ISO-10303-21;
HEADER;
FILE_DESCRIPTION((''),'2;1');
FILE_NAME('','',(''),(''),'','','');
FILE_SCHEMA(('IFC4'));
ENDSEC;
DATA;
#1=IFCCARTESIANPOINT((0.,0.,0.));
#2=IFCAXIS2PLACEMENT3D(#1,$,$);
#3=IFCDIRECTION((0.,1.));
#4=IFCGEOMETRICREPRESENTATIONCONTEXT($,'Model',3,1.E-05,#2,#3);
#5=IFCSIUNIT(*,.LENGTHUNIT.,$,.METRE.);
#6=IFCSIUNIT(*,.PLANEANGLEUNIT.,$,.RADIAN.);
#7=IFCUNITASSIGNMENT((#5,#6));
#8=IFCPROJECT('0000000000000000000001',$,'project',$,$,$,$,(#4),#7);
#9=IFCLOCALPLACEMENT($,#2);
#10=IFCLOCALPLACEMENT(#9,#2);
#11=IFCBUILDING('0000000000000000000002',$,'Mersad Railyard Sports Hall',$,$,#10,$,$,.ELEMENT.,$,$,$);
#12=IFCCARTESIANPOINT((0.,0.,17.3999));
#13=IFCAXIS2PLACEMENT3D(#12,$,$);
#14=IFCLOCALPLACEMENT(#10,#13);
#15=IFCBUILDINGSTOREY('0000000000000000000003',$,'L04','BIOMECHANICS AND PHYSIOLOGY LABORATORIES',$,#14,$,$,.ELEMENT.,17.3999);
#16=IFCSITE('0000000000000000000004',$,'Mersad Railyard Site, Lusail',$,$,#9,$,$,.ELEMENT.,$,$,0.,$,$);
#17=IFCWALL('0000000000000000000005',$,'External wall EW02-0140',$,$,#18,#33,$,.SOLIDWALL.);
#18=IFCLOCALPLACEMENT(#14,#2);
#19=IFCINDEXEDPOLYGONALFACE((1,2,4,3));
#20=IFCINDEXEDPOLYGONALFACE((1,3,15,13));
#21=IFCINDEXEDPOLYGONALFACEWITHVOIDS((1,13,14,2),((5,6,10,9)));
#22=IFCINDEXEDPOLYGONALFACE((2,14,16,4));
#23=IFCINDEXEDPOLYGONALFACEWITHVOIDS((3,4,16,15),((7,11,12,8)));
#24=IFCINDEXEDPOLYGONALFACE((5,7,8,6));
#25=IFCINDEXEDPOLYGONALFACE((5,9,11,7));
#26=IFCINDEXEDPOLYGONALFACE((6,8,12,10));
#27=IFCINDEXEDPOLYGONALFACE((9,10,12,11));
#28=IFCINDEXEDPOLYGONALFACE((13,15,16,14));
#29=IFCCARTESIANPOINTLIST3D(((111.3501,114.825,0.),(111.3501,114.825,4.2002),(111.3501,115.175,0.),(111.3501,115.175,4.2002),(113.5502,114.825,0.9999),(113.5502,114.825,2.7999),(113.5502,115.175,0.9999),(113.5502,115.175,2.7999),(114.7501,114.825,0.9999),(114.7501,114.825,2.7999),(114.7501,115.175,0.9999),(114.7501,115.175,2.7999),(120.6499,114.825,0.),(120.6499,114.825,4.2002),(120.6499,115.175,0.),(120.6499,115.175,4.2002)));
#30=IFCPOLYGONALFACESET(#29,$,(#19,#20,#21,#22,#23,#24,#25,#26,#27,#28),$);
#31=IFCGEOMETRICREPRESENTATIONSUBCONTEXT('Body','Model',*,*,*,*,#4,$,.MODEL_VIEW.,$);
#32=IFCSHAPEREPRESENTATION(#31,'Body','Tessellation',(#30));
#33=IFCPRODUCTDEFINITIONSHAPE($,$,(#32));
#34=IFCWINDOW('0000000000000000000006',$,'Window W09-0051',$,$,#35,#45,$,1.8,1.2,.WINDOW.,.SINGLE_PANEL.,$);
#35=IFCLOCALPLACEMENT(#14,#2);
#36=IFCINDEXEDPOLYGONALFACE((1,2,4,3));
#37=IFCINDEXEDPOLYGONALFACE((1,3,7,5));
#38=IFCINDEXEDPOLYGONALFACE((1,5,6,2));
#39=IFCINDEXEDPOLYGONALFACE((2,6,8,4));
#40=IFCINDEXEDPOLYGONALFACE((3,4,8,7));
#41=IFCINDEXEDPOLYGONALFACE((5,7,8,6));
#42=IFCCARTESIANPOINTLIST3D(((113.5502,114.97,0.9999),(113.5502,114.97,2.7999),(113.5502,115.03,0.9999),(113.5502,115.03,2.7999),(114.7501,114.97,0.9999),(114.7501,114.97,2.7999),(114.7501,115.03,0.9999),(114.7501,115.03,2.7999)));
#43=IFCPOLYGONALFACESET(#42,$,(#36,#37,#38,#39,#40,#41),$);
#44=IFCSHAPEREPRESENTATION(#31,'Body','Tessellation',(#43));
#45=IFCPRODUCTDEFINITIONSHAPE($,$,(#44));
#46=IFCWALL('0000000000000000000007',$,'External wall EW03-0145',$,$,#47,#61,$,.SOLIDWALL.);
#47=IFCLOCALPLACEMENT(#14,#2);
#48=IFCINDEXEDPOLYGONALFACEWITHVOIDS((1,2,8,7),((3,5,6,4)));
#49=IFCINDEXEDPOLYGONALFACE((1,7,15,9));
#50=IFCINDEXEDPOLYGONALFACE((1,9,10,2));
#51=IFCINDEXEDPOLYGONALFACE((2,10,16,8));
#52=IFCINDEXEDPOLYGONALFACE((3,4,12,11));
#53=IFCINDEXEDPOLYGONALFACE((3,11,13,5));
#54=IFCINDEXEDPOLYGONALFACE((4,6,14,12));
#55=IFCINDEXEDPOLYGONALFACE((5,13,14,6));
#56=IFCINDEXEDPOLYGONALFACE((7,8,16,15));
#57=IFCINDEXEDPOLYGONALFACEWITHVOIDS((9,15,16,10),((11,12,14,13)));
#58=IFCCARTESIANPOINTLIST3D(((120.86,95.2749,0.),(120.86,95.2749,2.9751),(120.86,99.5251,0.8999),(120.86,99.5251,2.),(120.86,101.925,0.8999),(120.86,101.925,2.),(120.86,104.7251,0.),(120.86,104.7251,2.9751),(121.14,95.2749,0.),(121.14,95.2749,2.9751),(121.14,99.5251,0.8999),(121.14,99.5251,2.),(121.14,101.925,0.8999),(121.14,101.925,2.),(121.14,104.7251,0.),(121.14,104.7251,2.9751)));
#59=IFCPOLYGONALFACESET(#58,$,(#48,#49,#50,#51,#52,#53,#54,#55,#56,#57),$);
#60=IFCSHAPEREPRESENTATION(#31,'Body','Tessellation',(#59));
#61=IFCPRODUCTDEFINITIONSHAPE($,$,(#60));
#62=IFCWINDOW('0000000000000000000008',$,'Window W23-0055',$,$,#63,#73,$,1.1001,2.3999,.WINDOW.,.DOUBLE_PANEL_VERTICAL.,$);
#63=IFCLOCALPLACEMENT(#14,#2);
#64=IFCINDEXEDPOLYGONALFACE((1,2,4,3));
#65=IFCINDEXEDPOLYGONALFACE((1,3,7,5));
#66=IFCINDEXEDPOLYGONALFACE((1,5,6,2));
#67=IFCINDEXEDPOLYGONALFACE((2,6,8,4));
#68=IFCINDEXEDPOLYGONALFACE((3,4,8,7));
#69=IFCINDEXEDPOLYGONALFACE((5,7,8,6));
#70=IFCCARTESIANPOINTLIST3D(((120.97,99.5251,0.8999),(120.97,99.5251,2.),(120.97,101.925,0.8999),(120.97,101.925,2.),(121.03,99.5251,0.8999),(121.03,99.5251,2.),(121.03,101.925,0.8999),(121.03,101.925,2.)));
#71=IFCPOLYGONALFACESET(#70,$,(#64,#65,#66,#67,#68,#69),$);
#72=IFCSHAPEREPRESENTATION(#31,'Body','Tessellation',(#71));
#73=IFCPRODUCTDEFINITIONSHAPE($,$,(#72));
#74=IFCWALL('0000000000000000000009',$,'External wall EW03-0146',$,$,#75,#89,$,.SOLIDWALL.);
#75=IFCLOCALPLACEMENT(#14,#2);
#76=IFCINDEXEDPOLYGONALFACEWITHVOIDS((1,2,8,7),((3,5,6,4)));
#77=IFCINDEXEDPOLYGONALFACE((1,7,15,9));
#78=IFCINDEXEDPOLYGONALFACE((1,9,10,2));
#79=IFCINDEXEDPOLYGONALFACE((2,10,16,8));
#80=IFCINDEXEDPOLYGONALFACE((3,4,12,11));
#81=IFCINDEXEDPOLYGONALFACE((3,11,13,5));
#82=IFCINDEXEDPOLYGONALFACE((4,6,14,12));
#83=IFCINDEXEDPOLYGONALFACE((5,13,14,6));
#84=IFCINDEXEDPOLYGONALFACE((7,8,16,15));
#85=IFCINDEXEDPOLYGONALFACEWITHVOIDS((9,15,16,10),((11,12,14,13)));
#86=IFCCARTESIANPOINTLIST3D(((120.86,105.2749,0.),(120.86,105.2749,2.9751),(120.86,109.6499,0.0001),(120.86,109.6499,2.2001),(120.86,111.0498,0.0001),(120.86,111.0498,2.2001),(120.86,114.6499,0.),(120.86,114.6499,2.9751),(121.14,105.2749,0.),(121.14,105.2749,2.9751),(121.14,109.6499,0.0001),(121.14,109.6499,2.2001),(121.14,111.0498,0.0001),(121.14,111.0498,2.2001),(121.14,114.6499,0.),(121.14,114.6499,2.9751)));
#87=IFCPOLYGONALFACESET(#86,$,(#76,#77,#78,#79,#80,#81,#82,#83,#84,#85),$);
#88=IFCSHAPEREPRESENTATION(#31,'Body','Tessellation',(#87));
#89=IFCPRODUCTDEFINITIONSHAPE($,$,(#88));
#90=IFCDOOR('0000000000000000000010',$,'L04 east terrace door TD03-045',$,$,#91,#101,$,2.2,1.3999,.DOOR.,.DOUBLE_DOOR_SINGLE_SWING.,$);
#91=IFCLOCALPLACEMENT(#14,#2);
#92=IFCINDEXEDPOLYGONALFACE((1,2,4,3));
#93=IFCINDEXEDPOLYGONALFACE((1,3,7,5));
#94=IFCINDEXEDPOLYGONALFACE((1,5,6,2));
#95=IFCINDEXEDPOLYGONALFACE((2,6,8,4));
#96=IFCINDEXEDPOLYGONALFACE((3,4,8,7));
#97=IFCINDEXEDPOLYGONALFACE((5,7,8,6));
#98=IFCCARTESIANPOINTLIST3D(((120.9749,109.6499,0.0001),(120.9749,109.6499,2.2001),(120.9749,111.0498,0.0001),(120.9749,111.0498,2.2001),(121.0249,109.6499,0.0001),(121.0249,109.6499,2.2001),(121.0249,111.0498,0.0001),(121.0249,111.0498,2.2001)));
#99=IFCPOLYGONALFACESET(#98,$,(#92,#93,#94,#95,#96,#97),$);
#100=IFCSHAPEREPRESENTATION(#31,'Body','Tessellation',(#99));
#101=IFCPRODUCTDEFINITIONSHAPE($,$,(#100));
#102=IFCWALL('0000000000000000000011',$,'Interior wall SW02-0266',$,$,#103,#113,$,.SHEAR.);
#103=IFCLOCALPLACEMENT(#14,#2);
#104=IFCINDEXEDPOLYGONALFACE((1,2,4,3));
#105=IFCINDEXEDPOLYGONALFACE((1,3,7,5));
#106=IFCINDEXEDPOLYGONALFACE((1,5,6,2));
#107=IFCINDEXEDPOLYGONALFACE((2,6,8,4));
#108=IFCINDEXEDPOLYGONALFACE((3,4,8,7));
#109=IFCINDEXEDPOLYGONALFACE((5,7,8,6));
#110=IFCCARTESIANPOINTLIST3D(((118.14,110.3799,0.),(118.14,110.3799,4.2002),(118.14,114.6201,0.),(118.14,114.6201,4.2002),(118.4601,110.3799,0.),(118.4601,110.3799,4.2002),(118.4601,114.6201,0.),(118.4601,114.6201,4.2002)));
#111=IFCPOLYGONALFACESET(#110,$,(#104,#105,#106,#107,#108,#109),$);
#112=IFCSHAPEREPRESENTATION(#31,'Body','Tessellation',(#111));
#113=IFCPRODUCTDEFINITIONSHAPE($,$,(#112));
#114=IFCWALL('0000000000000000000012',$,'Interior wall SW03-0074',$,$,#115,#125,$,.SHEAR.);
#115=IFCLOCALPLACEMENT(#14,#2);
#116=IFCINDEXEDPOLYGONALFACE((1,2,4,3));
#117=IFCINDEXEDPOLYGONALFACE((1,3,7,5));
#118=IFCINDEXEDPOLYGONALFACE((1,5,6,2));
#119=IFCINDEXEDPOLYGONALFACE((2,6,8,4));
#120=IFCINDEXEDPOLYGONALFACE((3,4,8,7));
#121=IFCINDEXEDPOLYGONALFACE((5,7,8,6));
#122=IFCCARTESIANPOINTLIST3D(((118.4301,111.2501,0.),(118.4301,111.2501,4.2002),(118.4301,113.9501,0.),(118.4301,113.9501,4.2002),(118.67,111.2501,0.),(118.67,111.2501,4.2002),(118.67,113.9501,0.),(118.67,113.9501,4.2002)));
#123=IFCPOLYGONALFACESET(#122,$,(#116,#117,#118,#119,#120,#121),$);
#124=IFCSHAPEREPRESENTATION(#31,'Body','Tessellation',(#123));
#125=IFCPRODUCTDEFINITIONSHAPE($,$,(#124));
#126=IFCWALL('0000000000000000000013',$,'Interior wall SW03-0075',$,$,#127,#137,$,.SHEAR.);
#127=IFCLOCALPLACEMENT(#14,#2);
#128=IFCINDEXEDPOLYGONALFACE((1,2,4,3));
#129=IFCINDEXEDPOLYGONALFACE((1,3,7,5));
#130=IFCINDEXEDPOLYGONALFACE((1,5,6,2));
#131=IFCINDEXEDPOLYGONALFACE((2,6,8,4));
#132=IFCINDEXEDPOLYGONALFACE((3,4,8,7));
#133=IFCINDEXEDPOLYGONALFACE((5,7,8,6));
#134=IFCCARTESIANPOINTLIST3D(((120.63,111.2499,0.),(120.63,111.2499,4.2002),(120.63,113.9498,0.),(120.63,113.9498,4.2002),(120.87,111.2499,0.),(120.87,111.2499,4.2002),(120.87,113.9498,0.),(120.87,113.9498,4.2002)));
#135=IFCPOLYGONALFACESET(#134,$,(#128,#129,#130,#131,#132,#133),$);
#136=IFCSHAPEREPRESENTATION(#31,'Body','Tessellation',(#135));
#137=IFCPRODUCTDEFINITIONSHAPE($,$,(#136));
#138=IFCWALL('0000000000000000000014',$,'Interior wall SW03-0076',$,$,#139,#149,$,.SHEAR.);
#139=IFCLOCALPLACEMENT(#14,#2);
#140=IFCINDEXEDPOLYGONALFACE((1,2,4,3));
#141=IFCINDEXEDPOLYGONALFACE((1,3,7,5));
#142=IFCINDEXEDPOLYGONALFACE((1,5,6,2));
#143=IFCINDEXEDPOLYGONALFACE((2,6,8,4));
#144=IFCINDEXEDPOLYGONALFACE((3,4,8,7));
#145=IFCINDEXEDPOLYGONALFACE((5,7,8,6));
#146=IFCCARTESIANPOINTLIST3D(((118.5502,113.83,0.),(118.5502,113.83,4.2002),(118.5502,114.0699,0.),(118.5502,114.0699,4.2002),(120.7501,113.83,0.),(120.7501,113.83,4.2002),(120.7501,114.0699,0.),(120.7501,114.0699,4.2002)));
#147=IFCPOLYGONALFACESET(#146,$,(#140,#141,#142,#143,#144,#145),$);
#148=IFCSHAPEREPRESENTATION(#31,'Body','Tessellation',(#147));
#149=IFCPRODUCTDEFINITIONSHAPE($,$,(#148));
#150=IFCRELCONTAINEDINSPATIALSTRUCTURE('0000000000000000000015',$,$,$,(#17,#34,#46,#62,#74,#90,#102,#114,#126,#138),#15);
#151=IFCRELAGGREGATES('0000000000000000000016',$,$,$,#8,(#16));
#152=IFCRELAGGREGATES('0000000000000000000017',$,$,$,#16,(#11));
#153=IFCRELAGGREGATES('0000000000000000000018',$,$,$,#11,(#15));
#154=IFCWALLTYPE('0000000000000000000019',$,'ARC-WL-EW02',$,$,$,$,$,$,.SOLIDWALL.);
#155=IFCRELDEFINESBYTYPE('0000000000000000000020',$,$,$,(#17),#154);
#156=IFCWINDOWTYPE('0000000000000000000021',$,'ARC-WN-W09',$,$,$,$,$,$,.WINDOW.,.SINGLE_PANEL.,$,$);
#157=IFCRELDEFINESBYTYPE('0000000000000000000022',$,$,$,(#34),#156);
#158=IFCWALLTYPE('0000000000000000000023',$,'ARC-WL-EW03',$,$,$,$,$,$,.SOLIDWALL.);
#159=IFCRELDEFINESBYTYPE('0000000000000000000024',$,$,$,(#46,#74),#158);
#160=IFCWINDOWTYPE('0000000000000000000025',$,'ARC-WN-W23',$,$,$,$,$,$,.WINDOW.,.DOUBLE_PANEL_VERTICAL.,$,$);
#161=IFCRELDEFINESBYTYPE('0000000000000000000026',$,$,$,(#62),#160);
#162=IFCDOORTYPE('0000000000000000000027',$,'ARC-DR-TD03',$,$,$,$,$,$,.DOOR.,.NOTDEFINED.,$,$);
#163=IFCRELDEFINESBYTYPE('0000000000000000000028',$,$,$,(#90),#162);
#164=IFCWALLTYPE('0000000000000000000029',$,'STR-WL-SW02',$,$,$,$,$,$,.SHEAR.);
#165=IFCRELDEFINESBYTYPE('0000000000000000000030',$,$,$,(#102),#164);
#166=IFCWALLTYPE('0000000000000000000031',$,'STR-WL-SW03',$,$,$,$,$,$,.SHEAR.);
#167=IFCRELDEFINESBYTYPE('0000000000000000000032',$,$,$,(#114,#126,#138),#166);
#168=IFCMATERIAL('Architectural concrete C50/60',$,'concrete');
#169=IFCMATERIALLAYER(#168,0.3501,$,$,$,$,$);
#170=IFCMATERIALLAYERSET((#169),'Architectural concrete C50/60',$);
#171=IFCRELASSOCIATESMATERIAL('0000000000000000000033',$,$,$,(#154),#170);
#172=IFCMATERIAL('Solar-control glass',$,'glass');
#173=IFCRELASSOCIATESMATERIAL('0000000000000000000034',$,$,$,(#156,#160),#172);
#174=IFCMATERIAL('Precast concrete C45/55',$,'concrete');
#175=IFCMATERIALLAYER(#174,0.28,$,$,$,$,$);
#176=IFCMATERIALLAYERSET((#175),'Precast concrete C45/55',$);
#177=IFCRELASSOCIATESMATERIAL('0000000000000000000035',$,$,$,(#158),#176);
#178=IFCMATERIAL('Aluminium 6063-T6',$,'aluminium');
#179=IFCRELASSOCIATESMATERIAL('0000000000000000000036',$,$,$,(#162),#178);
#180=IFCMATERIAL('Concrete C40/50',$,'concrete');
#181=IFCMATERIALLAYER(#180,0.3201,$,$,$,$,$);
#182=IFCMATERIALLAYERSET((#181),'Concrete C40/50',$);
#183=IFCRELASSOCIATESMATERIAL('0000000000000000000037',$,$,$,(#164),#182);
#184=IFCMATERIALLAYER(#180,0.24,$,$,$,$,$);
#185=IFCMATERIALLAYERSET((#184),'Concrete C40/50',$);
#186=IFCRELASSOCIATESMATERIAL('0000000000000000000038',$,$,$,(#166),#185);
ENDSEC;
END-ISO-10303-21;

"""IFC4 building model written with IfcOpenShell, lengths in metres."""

from ifc_helpers import new_model, si_unit, direction, frame, frame_2d, origin, place, context, subcontext, project, spatial, rectangle, extrude, material, layer, layer_set, type_object, element, fill, save


model = new_model("IFC4")

# Units and contexts
model_context = context("Model", 3, precision=1e-05, world=origin(), true_north=direction((0.0, 1.0)))
body_context = subcontext(model_context, "Body", "Model", "MODEL_VIEW")
ifc_project = project(units=[si_unit("LENGTHUNIT", "METRE"), si_unit("PLANEANGLEUNIT", "RADIAN")], contexts=[model_context])

# Site, building, storey
site_placement = place(None, origin())
site = spatial("IfcSite", under=ifc_project, at=site_placement, Name="Mersad Railyard Site, Lusail", CompositionType="ELEMENT", RefElevation=0.0)
building_placement = place(site_placement, origin())
building = spatial("IfcBuilding", under=site, at=building_placement, Name="Mersad Railyard Sports Hall", CompositionType="ELEMENT")
storey_placement = place(building_placement, frame((0.0, 0.0, 17.3999)))
storey = spatial("IfcBuildingStorey", under=building, at=storey_placement, Name="L04", Description="BIOMECHANICS AND PHYSIOLOGY LABORATORIES", CompositionType="ELEMENT", Elevation=17.3999)

# Shared definitions
ifc_material_1 = material(Name="Concrete C40/50", Category="concrete")

# Walls, openings, windows
ifc_material_2 = material(Name="Architectural concrete C50/60", Category="concrete")
ifc_layer_1 = layer(ifc_material_2, 0.3501)
ifc_layer_set_1 = layer_set([ifc_layer_1], Name="Architectural concrete C50/60")
wall_type_1 = type_object("IfcWallType", Name="ARC-WL-EW02", PredefinedType="SOLIDWALL", material=ifc_layer_set_1)
wall_1_placement = place(storey_placement, frame((111.3501, 115.0, 0.0), z_axis=(0.0, 0.0, 1.0), x_axis=(1.0, 0.0, 0.0)))
wall_1 = element("IfcWall", 1, at=wall_1_placement, inside=storey, type_object=wall_type_1, Name="External wall EW02-0140", PredefinedType="SOLIDWALL", context=body_context, shape_type="SweptSolid", body=[
    extrude(rectangle(XDim=9.2998, YDim=0.3501, at=frame_2d((4.6499, 0.0))), origin(), (0.0, 0.0, 1.0), 4.2002),
])
opening_1_placement = place(wall_1_placement, frame((2.2, 0.0, 1.0)))
opening_1 = element("IfcOpeningElement", 2, at=opening_1_placement, cuts=wall_1, PredefinedType="OPENING", context=body_context, shape_type="SweptSolid", body=[
    extrude(rectangle(XDim=1.2, YDim=1.8, at=frame_2d((0.6001, 0.8999))), frame((0.0, 0.1851, 0.0), z_axis=(0.0, -1.0, 0.0), x_axis=(1.0, 0.0, 0.0)), (0.0, 0.0, 1.0), 0.3701),
])
ifc_material_3 = material(Name="Solar-control glass", Category="glass")
window_type_1 = type_object("IfcWindowType", Name="ARC-WN-W09", PartitioningType="SINGLE_PANEL", PredefinedType="WINDOW", material=ifc_material_3)
window_1_placement = place(opening_1_placement, origin())
window_1 = element("IfcWindow", 3, at=window_1_placement, inside=storey, type_object=window_type_1, Name="Window W09-0051", OverallHeight=1.8, OverallWidth=1.2, PartitioningType="SINGLE_PANEL", PredefinedType="WINDOW", context=body_context, shape_type="SweptSolid", body=[
    extrude(rectangle(XDim=1.2, YDim=1.8, at=frame_2d((0.6001, 0.8999))), frame((0.0, 0.03, 0.0), z_axis=(0.0, -1.0, 0.0), x_axis=(1.0, 0.0, 0.0)), (0.0, 0.0, 1.0), 0.0601),
])
fill(opening_1, window_1)
ifc_material_4 = material(Name="Precast concrete C45/55", Category="concrete")
ifc_layer_2 = layer(ifc_material_4, 0.28)
ifc_layer_set_2 = layer_set([ifc_layer_2], Name="Precast concrete C45/55")
wall_type_2 = type_object("IfcWallType", Name="ARC-WL-EW03", PredefinedType="SOLIDWALL", material=ifc_layer_set_2)
wall_2_placement = place(storey_placement, frame((121.0, 104.7251, 0.0), z_axis=(0.0, 0.0, 1.0), x_axis=(0.0, -1.0, 0.0)))
wall_2 = element("IfcWall", 4, at=wall_2_placement, inside=storey, type_object=wall_type_2, Name="External wall EW03-0145", PredefinedType="SOLIDWALL", context=body_context, shape_type="SweptSolid", body=[
    extrude(rectangle(XDim=9.4502, YDim=0.28, at=frame_2d((4.7251, 0.0))), origin(), (0.0, 0.0, 1.0), 2.9751),
])
opening_2_placement = place(wall_2_placement, frame((2.8, 0.0, 0.8999)))
opening_2 = element("IfcOpeningElement", 5, at=opening_2_placement, cuts=wall_2, PredefinedType="OPENING", context=body_context, shape_type="SweptSolid", body=[
    extrude(rectangle(XDim=2.3999, YDim=1.1001, at=frame_2d((1.2, 0.55))), frame((0.0, 0.1499, 0.0), z_axis=(0.0, -1.0, 0.0), x_axis=(1.0, 0.0, 0.0)), (0.0, 0.0, 1.0), 0.3),
])
window_type_2 = type_object("IfcWindowType", Name="ARC-WN-W23", PartitioningType="DOUBLE_PANEL_VERTICAL", PredefinedType="WINDOW", material=ifc_material_3)
window_2_placement = place(opening_2_placement, origin())
window_2 = element("IfcWindow", 6, at=window_2_placement, inside=storey, type_object=window_type_2, Name="Window W23-0055", OverallHeight=1.1001, OverallWidth=2.3999, PartitioningType="DOUBLE_PANEL_VERTICAL", PredefinedType="WINDOW", context=body_context, shape_type="SweptSolid", body=[
    extrude(rectangle(XDim=2.3999, YDim=1.1001, at=frame_2d((1.2, 0.55))), frame((0.0, 0.03, 0.0), z_axis=(0.0, -1.0, 0.0), x_axis=(1.0, 0.0, 0.0)), (0.0, 0.0, 1.0), 0.0601),
])
fill(opening_2, window_2)

# Wall, opening, door
wall_3_placement = place(storey_placement, frame((121.0, 114.6499, 0.0), z_axis=(0.0, 0.0, 1.0), x_axis=(0.0, -1.0, 0.0)))
wall_3 = element("IfcWall", 7, at=wall_3_placement, inside=storey, type_object=wall_type_2, Name="External wall EW03-0146", PredefinedType="SOLIDWALL", context=body_context, shape_type="SweptSolid", body=[
    extrude(rectangle(XDim=9.375, YDim=0.28, at=frame_2d((4.6875, 0.0))), origin(), (0.0, 0.0, 1.0), 2.9751),
])
opening_3_placement = place(wall_3_placement, frame((3.6001, 0.0, 0.0)))
opening_3 = element("IfcOpeningElement", 8, at=opening_3_placement, cuts=wall_3, PredefinedType="OPENING", context=body_context, shape_type="SweptSolid", body=[
    extrude(rectangle(XDim=1.3999, YDim=2.2, at=frame_2d((0.7, 1.1001))), frame((0.0, 0.1499, 0.0), z_axis=(0.0, -1.0, 0.0), x_axis=(1.0, 0.0, 0.0)), (0.0, 0.0, 1.0), 0.3),
])
ifc_material_5 = material(Name="Aluminium 6063-T6", Category="aluminium")
door_type_1 = type_object("IfcDoorType", Name="ARC-DR-TD03", OperationType="NOTDEFINED", PredefinedType="DOOR", material=ifc_material_5)
door_1_placement = place(opening_3_placement, origin())
door_1 = element("IfcDoor", 9, at=door_1_placement, inside=storey, type_object=door_type_1, Name="L04 east terrace door TD03-045", OperationType="DOUBLE_DOOR_SINGLE_SWING", OverallHeight=2.2, OverallWidth=1.3999, PredefinedType="DOOR", context=body_context, shape_type="SweptSolid", body=[
    extrude(rectangle(XDim=1.3999, YDim=2.2, at=frame_2d((0.7, 1.1001))), frame((0.0, 0.0249, 0.0), z_axis=(0.0, -1.0, 0.0), x_axis=(1.0, 0.0, 0.0)), (0.0, 0.0, 1.0), 0.05),
])
fill(opening_3, door_1)

# Walls
ifc_layer_3 = layer(ifc_material_1, 0.3201)
ifc_layer_set_3 = layer_set([ifc_layer_3], Name="Concrete C40/50")
wall_type_3 = type_object("IfcWallType", Name="STR-WL-SW02", PredefinedType="SHEAR", material=ifc_layer_set_3)
wall_4_placement = place(storey_placement, frame((118.3, 110.3799, 0.0), z_axis=(0.0, 0.0, 1.0), x_axis=(0.0, 1.0, 0.0)))
element("IfcWall", 10, at=wall_4_placement, inside=storey, type_object=wall_type_3, Name="Interior wall SW02-0266", PredefinedType="SHEAR", context=body_context, shape_type="SweptSolid", body=[
    extrude(rectangle(XDim=4.2402, YDim=0.3201, at=frame_2d((2.1201, 0.0))), origin(), (0.0, 0.0, 1.0), 4.2002),
])
ifc_layer_4 = layer(ifc_material_1, 0.24)
ifc_layer_set_4 = layer_set([ifc_layer_4], Name="Concrete C40/50")
wall_type_4 = type_object("IfcWallType", Name="STR-WL-SW03", PredefinedType="SHEAR", material=ifc_layer_set_4)
for number, where, z_axis, x_axis, name in (
    (11, (118.55, 111.25, 0.0), (0.0, 0.0, 1.0), (0.0, 1.0, 0.0), "Interior wall SW03-0074"),
    (12, (120.75, 113.95, 0.0), (0.0, 0.0, 1.0), (0.0, -1.0, 0.0), "Interior wall SW03-0075"),
):
    element("IfcWall", number, at=place(storey_placement, frame(where, z_axis=z_axis, x_axis=x_axis)), inside=storey, type_object=wall_type_4, Name=name, PredefinedType="SHEAR", context=body_context, shape_type="SweptSolid", body=[
        extrude(rectangle(XDim=2.7, YDim=0.24, at=frame_2d((1.3501, 0.0))), origin(), (0.0, 0.0, 1.0), 4.2002),
    ])
wall_5_placement = place(storey_placement, frame((118.55, 113.95, 0.0), z_axis=(0.0, 0.0, 1.0), x_axis=(1.0, 0.0, 0.0)))
element("IfcWall", 13, at=wall_5_placement, inside=storey, type_object=wall_type_4, Name="Interior wall SW03-0076", PredefinedType="SHEAR", context=body_context, shape_type="SweptSolid", body=[
    extrude(rectangle(XDim=2.2, YDim=0.24, at=frame_2d((1.1001, 0.0))), origin(), (0.0, 0.0, 1.0), 4.2002),
])

save(model, "model.ifc")
